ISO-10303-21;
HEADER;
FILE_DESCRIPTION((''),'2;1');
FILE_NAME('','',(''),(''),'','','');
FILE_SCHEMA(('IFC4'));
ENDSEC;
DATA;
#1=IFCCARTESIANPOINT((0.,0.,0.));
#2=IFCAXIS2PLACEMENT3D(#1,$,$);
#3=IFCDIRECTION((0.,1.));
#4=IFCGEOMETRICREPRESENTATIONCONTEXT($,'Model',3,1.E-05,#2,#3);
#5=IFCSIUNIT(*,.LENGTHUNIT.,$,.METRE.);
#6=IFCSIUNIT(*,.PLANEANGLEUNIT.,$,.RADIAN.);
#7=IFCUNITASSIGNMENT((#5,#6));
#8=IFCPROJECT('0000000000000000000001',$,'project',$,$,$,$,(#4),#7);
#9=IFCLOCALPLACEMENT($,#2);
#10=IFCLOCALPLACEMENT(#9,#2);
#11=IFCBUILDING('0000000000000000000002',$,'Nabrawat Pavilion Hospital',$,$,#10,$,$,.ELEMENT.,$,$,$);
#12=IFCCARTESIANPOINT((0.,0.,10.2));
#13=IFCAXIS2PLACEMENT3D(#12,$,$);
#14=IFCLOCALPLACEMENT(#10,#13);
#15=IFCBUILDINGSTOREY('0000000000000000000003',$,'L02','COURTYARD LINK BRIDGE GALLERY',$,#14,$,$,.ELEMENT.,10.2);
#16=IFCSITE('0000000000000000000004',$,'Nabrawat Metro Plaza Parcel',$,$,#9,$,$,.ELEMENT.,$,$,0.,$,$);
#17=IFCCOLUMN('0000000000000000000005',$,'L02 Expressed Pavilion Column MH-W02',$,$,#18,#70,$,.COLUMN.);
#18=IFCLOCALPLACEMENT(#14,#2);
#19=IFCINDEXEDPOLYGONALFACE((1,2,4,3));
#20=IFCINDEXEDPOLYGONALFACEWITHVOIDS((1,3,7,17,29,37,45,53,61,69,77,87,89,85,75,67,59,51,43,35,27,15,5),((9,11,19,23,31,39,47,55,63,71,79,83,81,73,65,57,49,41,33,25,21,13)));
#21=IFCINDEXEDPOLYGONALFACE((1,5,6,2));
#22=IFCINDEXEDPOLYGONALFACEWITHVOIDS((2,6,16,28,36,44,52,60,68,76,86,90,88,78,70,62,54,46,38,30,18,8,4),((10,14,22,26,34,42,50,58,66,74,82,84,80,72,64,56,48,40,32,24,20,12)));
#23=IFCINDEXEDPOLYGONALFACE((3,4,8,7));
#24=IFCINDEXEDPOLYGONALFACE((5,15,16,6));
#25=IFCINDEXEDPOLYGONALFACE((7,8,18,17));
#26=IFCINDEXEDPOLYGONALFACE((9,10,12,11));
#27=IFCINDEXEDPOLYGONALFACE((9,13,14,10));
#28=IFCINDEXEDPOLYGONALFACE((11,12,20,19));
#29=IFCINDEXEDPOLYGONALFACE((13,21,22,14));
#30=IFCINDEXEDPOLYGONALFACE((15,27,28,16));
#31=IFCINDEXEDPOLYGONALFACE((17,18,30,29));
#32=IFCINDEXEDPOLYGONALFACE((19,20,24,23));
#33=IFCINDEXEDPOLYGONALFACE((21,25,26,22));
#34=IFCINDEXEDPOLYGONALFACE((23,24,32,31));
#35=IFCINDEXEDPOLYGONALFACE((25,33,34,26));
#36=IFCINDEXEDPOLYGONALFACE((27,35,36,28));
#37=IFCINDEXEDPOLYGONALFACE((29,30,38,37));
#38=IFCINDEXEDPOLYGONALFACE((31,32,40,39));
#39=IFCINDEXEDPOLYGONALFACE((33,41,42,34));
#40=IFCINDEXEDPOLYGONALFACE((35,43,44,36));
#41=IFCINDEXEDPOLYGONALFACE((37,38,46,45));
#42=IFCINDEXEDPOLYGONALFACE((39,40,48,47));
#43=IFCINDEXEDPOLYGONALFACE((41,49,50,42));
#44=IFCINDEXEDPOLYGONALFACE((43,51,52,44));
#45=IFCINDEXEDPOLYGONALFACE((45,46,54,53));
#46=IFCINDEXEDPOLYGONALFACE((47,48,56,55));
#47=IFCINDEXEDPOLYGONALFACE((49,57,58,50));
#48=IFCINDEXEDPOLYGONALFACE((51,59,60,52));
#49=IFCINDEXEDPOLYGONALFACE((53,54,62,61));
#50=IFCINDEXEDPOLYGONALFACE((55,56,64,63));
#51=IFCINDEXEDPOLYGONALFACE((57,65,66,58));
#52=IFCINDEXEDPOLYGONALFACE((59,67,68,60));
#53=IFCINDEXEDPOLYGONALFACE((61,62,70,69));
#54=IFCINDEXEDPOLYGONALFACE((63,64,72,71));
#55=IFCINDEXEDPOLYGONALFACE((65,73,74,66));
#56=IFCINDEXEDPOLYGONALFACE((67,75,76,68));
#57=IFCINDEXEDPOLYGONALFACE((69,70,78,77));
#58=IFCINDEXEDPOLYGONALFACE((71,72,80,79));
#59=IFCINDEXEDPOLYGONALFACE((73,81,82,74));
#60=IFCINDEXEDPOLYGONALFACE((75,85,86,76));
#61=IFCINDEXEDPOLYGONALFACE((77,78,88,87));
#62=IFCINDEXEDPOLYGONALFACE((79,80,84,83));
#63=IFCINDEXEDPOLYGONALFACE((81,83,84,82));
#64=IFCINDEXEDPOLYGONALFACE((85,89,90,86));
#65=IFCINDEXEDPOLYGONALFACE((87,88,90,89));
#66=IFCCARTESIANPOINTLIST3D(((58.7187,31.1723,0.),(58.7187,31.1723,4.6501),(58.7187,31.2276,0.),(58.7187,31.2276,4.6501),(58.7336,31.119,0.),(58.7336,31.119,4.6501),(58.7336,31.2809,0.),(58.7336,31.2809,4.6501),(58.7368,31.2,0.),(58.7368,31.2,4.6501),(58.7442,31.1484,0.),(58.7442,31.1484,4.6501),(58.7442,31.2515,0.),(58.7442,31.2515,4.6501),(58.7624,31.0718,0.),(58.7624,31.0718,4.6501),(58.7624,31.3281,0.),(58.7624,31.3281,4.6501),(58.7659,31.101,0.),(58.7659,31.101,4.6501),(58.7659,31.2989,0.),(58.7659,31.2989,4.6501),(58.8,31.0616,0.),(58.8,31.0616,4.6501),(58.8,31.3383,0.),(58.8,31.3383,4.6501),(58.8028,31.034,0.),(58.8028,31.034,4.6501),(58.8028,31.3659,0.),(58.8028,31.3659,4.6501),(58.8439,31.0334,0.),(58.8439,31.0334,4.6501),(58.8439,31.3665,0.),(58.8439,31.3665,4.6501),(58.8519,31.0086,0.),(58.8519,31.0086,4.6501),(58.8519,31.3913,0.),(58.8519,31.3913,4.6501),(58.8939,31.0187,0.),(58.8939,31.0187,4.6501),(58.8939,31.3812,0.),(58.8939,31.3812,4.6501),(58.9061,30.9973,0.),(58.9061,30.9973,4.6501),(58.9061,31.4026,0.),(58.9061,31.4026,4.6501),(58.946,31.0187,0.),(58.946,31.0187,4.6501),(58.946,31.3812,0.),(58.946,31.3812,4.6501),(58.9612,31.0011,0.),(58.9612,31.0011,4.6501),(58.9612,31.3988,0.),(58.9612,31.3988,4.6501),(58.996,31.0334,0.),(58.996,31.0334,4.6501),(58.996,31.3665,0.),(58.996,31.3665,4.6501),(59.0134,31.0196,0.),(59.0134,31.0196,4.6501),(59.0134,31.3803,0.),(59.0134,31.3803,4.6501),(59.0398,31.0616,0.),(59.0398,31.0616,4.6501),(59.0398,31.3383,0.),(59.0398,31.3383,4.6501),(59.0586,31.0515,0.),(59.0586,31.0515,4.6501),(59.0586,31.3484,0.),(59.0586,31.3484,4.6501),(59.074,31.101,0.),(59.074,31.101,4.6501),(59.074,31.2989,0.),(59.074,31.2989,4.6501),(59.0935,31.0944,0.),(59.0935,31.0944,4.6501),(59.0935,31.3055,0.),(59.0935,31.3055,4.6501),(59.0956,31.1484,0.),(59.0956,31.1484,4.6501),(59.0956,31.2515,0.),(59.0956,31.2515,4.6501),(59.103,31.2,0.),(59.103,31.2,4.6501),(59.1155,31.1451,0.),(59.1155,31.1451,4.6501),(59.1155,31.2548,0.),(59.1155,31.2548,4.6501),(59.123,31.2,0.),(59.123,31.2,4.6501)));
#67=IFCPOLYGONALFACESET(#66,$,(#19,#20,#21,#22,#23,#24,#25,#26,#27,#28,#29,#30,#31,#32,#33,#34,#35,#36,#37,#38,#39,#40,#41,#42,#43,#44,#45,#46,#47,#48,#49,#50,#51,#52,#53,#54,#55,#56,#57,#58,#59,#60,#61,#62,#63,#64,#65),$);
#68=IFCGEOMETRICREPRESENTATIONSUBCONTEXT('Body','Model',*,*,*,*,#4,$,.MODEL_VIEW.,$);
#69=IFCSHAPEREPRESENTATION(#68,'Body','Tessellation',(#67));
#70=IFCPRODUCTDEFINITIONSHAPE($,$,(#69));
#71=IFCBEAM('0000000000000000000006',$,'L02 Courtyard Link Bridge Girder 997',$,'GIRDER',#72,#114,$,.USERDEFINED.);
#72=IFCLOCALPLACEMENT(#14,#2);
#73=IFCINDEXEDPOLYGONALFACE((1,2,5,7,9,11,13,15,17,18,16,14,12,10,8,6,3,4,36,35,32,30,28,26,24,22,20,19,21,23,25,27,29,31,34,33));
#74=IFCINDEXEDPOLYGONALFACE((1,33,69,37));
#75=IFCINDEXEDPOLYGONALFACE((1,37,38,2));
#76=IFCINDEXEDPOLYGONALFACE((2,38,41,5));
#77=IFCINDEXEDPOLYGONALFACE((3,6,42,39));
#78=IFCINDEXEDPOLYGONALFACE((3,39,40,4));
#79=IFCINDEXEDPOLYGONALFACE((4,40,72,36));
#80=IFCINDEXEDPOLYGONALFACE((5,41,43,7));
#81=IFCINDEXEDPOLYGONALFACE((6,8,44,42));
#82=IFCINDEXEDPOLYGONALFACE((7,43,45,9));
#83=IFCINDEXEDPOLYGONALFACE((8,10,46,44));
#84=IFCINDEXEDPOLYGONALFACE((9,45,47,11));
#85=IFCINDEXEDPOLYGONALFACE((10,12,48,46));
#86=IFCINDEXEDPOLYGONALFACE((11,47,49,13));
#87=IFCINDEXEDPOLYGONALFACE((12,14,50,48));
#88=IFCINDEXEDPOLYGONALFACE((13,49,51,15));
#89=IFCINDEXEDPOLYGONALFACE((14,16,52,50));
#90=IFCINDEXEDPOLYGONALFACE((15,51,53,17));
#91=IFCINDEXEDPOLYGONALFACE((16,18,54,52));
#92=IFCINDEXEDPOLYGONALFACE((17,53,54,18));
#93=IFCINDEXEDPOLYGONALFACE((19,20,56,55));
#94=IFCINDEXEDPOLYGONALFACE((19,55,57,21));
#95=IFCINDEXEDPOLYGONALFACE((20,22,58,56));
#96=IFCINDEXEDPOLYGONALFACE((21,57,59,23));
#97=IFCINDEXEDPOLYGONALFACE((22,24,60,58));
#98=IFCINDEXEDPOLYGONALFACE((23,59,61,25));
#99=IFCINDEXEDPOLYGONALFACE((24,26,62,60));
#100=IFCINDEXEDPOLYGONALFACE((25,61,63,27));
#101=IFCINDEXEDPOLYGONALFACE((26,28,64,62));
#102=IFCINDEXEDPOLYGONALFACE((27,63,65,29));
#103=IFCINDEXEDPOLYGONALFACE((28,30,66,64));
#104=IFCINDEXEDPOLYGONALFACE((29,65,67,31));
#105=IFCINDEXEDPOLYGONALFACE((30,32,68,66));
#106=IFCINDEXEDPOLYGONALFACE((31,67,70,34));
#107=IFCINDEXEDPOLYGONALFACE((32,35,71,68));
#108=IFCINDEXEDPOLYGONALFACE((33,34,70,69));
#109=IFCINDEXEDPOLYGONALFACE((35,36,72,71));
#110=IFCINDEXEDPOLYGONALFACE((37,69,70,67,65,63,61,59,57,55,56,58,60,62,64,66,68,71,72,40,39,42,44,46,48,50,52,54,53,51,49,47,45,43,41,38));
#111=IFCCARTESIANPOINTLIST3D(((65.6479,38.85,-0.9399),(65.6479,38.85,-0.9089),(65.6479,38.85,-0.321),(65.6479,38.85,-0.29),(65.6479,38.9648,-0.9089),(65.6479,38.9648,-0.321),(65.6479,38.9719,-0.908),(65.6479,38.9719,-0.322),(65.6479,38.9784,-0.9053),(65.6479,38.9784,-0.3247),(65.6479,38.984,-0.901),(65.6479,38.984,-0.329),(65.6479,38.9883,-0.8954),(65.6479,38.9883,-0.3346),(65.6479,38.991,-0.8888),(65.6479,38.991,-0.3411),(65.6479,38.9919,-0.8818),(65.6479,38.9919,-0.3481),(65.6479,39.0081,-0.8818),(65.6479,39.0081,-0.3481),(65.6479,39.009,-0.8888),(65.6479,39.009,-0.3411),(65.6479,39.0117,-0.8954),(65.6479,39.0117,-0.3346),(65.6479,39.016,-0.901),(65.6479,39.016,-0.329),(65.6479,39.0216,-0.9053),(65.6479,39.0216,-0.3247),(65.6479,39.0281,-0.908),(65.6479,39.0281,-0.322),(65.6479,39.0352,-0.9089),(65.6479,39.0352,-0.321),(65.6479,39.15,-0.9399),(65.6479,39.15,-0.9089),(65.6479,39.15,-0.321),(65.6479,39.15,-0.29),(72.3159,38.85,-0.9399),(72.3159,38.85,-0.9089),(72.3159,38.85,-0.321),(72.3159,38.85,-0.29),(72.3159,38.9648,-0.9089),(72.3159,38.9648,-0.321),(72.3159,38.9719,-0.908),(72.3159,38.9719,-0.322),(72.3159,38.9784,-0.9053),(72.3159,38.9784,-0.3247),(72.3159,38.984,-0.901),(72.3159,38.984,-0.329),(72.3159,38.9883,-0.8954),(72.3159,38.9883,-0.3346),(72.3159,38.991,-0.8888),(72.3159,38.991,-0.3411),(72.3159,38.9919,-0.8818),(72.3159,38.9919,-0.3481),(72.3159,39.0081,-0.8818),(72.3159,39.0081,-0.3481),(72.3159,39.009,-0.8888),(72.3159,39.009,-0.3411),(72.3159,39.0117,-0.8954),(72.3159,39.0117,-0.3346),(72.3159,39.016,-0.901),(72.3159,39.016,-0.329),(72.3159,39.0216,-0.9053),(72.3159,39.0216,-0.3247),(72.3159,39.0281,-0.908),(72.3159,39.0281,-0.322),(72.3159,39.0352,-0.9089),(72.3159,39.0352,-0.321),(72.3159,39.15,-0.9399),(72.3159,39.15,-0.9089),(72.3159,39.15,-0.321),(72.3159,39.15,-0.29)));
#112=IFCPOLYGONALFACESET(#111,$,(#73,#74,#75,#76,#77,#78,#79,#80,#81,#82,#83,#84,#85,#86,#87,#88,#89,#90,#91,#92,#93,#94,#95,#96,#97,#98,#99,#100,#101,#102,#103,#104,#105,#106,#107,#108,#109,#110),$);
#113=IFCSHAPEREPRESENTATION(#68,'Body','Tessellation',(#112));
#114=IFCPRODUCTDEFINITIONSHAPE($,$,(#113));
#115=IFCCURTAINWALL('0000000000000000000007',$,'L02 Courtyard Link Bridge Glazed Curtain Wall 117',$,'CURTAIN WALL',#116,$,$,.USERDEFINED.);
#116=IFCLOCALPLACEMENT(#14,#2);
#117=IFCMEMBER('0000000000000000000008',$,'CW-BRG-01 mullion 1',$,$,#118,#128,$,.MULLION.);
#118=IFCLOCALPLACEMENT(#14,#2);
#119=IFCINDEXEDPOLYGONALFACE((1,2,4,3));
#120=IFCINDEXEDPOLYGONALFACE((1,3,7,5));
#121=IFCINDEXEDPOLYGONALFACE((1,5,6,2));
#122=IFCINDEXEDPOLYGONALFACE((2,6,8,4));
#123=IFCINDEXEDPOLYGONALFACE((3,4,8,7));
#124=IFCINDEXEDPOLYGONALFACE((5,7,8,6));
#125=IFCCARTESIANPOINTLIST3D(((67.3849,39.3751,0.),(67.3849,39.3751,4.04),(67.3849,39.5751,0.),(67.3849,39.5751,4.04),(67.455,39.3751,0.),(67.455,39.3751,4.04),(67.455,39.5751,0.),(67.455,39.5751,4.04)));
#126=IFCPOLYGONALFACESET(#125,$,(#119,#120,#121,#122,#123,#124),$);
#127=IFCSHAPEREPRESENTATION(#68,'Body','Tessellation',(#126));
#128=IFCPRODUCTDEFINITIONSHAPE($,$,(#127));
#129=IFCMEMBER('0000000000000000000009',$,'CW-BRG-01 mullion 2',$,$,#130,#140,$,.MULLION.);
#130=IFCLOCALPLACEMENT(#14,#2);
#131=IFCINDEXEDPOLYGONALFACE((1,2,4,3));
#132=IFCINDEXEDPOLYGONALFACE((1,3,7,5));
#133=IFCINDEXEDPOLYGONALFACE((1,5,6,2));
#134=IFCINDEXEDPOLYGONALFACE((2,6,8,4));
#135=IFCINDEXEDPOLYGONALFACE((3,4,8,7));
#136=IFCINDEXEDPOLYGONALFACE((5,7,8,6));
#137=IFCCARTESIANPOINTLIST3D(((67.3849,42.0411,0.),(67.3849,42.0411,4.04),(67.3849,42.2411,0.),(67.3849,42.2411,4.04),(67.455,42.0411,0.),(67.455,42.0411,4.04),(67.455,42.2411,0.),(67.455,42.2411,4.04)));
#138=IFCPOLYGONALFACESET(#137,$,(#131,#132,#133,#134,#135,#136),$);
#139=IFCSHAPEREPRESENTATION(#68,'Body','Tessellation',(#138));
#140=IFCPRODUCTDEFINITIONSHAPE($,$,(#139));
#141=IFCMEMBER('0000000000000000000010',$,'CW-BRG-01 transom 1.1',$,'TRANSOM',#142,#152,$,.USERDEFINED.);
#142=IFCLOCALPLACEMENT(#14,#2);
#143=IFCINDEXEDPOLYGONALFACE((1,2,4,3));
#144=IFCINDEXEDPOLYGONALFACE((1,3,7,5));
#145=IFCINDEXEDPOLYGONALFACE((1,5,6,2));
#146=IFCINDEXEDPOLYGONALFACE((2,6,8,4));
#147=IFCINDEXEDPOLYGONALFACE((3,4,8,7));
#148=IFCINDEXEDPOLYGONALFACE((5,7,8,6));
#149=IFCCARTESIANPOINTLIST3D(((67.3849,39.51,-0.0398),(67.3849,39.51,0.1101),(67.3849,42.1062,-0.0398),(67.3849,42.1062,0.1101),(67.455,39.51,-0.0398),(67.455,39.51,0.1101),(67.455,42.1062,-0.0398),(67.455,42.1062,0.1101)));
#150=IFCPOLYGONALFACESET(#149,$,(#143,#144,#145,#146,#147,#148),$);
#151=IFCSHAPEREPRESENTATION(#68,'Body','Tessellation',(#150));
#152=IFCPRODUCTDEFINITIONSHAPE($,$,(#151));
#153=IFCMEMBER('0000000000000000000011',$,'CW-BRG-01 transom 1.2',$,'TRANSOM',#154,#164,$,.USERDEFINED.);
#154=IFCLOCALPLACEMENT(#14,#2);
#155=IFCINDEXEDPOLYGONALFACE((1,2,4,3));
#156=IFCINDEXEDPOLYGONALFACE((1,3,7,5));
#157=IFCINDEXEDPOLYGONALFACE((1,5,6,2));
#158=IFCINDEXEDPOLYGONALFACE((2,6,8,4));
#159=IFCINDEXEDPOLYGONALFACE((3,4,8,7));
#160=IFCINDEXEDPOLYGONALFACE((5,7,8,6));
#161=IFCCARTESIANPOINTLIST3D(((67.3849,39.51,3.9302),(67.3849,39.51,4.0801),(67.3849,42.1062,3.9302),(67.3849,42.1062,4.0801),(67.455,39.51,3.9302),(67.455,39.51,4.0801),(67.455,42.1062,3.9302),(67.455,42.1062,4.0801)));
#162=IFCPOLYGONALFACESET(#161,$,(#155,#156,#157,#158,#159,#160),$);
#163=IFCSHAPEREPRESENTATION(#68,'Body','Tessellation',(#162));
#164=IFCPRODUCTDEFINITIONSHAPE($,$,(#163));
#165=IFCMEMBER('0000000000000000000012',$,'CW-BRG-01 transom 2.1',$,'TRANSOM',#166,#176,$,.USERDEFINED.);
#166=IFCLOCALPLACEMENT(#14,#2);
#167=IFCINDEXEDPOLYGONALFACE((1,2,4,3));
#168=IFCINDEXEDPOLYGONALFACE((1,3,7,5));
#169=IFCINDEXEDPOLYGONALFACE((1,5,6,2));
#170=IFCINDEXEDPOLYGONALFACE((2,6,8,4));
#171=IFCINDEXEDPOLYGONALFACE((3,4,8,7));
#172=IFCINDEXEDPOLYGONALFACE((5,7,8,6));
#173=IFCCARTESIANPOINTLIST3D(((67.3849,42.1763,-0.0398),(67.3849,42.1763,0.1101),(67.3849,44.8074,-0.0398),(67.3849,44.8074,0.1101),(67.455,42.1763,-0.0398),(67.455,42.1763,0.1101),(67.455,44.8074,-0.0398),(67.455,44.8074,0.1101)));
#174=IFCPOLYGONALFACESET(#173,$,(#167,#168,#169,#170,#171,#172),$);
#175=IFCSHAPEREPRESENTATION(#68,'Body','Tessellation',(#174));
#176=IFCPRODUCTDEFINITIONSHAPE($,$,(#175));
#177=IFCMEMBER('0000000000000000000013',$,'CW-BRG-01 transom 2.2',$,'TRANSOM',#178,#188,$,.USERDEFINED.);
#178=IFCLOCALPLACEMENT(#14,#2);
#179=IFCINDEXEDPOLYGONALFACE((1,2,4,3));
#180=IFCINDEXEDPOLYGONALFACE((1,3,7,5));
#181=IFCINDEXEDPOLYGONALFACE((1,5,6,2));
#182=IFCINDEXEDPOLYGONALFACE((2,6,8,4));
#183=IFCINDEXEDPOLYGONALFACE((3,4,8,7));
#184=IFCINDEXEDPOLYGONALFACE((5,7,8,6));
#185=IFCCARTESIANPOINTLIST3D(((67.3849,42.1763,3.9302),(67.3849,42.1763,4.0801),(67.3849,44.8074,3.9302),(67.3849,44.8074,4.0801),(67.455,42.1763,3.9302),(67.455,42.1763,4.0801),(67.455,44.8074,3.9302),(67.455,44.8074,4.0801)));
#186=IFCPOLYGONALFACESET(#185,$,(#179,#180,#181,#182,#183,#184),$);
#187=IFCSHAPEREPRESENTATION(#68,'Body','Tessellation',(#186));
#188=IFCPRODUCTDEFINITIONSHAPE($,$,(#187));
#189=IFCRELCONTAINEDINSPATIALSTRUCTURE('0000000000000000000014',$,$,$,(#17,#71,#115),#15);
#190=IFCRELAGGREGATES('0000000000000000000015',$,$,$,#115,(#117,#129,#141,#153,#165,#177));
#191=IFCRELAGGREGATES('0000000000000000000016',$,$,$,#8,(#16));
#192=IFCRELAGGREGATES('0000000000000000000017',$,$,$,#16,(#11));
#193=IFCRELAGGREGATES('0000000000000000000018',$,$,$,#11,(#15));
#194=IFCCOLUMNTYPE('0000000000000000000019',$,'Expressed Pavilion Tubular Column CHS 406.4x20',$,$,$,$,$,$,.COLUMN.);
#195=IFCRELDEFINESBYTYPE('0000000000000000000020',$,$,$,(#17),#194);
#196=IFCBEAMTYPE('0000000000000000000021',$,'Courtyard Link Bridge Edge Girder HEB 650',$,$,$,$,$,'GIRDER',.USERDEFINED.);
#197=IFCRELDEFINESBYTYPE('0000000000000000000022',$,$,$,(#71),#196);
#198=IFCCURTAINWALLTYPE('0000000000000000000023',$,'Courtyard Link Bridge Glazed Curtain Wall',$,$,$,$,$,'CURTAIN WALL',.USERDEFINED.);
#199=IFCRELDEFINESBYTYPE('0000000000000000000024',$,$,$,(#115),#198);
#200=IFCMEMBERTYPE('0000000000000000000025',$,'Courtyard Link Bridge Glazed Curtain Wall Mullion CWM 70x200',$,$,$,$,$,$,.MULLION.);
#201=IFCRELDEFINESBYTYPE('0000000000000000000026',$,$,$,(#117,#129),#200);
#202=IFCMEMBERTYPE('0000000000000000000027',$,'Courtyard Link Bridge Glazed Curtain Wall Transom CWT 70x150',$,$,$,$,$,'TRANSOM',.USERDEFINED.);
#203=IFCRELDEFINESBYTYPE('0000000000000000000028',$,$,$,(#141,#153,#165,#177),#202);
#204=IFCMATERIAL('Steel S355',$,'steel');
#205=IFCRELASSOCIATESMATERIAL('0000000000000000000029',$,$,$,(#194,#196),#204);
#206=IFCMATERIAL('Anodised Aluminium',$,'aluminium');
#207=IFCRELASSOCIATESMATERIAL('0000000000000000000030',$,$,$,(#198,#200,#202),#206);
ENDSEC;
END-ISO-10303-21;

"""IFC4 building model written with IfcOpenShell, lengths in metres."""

from ifc_helpers import new_model, si_unit, direction, frame, origin, origin_2d, place, context, subcontext, project, spatial, rectangle, hollow_circle, i_section, extrude, material, material_profile, profile_set, type_object, element, aggregate, save


model = new_model("IFC4")

# Units and contexts
model_context = context("Model", 3, precision=1e-05, world=origin(), true_north=direction((0.0, 1.0)))
body_context = subcontext(model_context, "Body", "Model", "MODEL_VIEW")
ifc_project = project(units=[si_unit("LENGTHUNIT", "METRE"), si_unit("PLANEANGLEUNIT", "RADIAN")], contexts=[model_context])

# Site, building, storey
site_placement = place(None, origin())
site = spatial("IfcSite", under=ifc_project, at=site_placement, Name="Nabrawat Metro Plaza Parcel", CompositionType="ELEMENT", RefElevation=0.0)
building_placement = place(site_placement, origin())
building = spatial("IfcBuilding", under=site, at=building_placement, Name="Nabrawat Pavilion Hospital", CompositionType="ELEMENT")
storey_placement = place(building_placement, frame((0.0, 0.0, 10.2)))
storey = spatial("IfcBuildingStorey", under=building, at=storey_placement, Name="L02", Description="COURTYARD LINK BRIDGE GALLERY", CompositionType="ELEMENT", Elevation=10.2)

# Column
ifc_material_1 = material(Name="Steel S355", Category="steel")
ifc_material_profile_1 = material_profile(ifc_material_1, hollow_circle(Radius=0.2031, WallThickness=0.02, at=origin_2d()), Name="CHS 406.4x20")
ifc_profile_set_1 = profile_set([ifc_material_profile_1], Name="Steel S355")
column_type = type_object("IfcColumnType", Name="Expressed Pavilion Tubular Column CHS 406.4x20", PredefinedType="COLUMN", material=ifc_profile_set_1)
for number, where, z_axis, x_axis, name in (
    (1, (58.9199, 31.2, 0.0), (0.0, 0.0, 1.0), (1.0, 0.0, 0.0), "L02 Expressed Pavilion Column MH-W02"),
):
    element("IfcColumn", number, at=place(storey_placement, frame(where, z_axis=z_axis, x_axis=x_axis)), inside=storey, type_object=column_type, Name=name, PredefinedType="COLUMN", context=body_context, shape_type="SweptSolid", body=[
        extrude(hollow_circle(Radius=0.2031, WallThickness=0.02, at=origin_2d()), origin(), (0.0, 0.0, 1.0), 4.6501),
    ])

# Beam
ifc_material_profile_2 = material_profile(ifc_material_1, i_section(OverallWidth=0.3, OverallDepth=0.6499, WebThickness=0.0161, FlangeThickness=0.031, FilletRadius=0.0271, at=origin_2d()), Name="HEB 650")
ifc_profile_set_2 = profile_set([ifc_material_profile_2], Name="Steel S355")
beam_type_1 = type_object("IfcBeamType", Name="Courtyard Link Bridge Edge Girder HEB 650", ElementType="GIRDER", PredefinedType="USERDEFINED", material=ifc_profile_set_2)
beam_1_placement = place(storey_placement, frame((65.6479, 39.0, -0.615), z_axis=(1.0, 0.0, 0.0), x_axis=(0.0, 1.0, 0.0)))
element("IfcBeam", 2, at=beam_1_placement, inside=storey, type_object=beam_type_1, Name="L02 Courtyard Link Bridge Girder 997", ObjectType="GIRDER", PredefinedType="USERDEFINED", context=body_context, shape_type="SweptSolid", body=[
    extrude(i_section(OverallWidth=0.3, OverallDepth=0.6499, WebThickness=0.0161, FlangeThickness=0.031, FilletRadius=0.0271, at=origin_2d()), origin(), (0.0, 0.0, 1.0), 6.668),
])

# Curtain wall, members
ifc_material_2 = material(Name="Anodised Aluminium", Category="aluminium")
curtain_wall_type_1 = type_object("IfcCurtainWallType", Name="Courtyard Link Bridge Glazed Curtain Wall", ElementType="CURTAIN WALL", PredefinedType="USERDEFINED", material=ifc_material_2)
curtain_wall_1_placement = place(storey_placement, origin())
curtain_wall_1 = element("IfcCurtainWall", 3, at=curtain_wall_1_placement, inside=storey, type_object=curtain_wall_type_1, Name="L02 Courtyard Link Bridge Glazed Curtain Wall 117", ObjectType="CURTAIN WALL", PredefinedType="USERDEFINED")
ifc_material_profile_3 = material_profile(ifc_material_2, rectangle(XDim=0.0701, YDim=0.2, at=origin_2d()), Name="CWM 70x200")
ifc_profile_set_3 = profile_set([ifc_material_profile_3], Name="Anodised Aluminium")
member_type_1 = type_object("IfcMemberType", Name="Courtyard Link Bridge Glazed Curtain Wall Mullion CWM 70x200", PredefinedType="MULLION", material=ifc_profile_set_3)
member_1_placement = place(storey_placement, frame((67.4199, 39.4751, 0.0), z_axis=(0.0, 0.0, 1.0), x_axis=(-1.0, 0.0, 0.0)))
member_1 = element("IfcMember", 4, at=member_1_placement, type_object=member_type_1, Name="CW-BRG-01 mullion 1", PredefinedType="MULLION", context=body_context, shape_type="SweptSolid", body=[
    extrude(rectangle(XDim=0.0701, YDim=0.2, at=origin_2d()), origin(), (0.0, 0.0, 1.0), 4.04),
])
member_2_placement = place(storey_placement, frame((67.4199, 42.1411, 0.0), z_axis=(0.0, 0.0, 1.0), x_axis=(-1.0, 0.0, 0.0)))
member_2 = element("IfcMember", 5, at=member_2_placement, type_object=member_type_1, Name="CW-BRG-01 mullion 2", PredefinedType="MULLION", context=body_context, shape_type="SweptSolid", body=[
    extrude(rectangle(XDim=0.0701, YDim=0.2, at=origin_2d()), origin(), (0.0, 0.0, 1.0), 4.04),
])
ifc_material_profile_4 = material_profile(ifc_material_2, rectangle(XDim=0.0701, YDim=0.1499, at=origin_2d()), Name="CWT 70x150")
ifc_profile_set_4 = profile_set([ifc_material_profile_4], Name="Anodised Aluminium")
member_type_2 = type_object("IfcMemberType", Name="Courtyard Link Bridge Glazed Curtain Wall Transom CWT 70x150", ElementType="TRANSOM", PredefinedType="USERDEFINED", material=ifc_profile_set_4)
member_3_placement = place(storey_placement, frame((67.4199, 39.51, 0.0352), z_axis=(0.0, 1.0, 0.0), x_axis=(-1.0, 0.0, 0.0)))
member_3 = element("IfcMember", 6, at=member_3_placement, type_object=member_type_2, Name="CW-BRG-01 transom 1.1", ObjectType="TRANSOM", PredefinedType="USERDEFINED", context=body_context, shape_type="SweptSolid", body=[
    extrude(rectangle(XDim=0.0701, YDim=0.1499, at=origin_2d()), origin(), (0.0, 0.0, 1.0), 2.5962),
])
member_4_placement = place(storey_placement, frame((67.4199, 39.51, 4.0051), z_axis=(0.0, 1.0, 0.0), x_axis=(-1.0, 0.0, 0.0)))
member_4 = element("IfcMember", 7, at=member_4_placement, type_object=member_type_2, Name="CW-BRG-01 transom 1.2", ObjectType="TRANSOM", PredefinedType="USERDEFINED", context=body_context, shape_type="SweptSolid", body=[
    extrude(rectangle(XDim=0.0701, YDim=0.1499, at=origin_2d()), origin(), (0.0, 0.0, 1.0), 2.5962),
])
member_5_placement = place(storey_placement, frame((67.4199, 42.1763, 0.0352), z_axis=(0.0, 1.0, 0.0), x_axis=(-1.0, 0.0, 0.0)))
member_5 = element("IfcMember", 8, at=member_5_placement, type_object=member_type_2, Name="CW-BRG-01 transom 2.1", ObjectType="TRANSOM", PredefinedType="USERDEFINED", context=body_context, shape_type="SweptSolid", body=[
    extrude(rectangle(XDim=0.0701, YDim=0.1499, at=origin_2d()), origin(), (0.0, 0.0, 1.0), 2.6311),
])
member_6_placement = place(storey_placement, frame((67.4199, 42.1763, 4.0051), z_axis=(0.0, 1.0, 0.0), x_axis=(-1.0, 0.0, 0.0)))
member_6 = element("IfcMember", 9, at=member_6_placement, type_object=member_type_2, Name="CW-BRG-01 transom 2.2", ObjectType="TRANSOM", PredefinedType="USERDEFINED", context=body_context, shape_type="SweptSolid", body=[
    extrude(rectangle(XDim=0.0701, YDim=0.1499, at=origin_2d()), origin(), (0.0, 0.0, 1.0), 2.6311),
])

aggregate(curtain_wall_1, [member_1, member_2, member_3, member_4, member_5, member_6])

save(model, "model.ifc")
